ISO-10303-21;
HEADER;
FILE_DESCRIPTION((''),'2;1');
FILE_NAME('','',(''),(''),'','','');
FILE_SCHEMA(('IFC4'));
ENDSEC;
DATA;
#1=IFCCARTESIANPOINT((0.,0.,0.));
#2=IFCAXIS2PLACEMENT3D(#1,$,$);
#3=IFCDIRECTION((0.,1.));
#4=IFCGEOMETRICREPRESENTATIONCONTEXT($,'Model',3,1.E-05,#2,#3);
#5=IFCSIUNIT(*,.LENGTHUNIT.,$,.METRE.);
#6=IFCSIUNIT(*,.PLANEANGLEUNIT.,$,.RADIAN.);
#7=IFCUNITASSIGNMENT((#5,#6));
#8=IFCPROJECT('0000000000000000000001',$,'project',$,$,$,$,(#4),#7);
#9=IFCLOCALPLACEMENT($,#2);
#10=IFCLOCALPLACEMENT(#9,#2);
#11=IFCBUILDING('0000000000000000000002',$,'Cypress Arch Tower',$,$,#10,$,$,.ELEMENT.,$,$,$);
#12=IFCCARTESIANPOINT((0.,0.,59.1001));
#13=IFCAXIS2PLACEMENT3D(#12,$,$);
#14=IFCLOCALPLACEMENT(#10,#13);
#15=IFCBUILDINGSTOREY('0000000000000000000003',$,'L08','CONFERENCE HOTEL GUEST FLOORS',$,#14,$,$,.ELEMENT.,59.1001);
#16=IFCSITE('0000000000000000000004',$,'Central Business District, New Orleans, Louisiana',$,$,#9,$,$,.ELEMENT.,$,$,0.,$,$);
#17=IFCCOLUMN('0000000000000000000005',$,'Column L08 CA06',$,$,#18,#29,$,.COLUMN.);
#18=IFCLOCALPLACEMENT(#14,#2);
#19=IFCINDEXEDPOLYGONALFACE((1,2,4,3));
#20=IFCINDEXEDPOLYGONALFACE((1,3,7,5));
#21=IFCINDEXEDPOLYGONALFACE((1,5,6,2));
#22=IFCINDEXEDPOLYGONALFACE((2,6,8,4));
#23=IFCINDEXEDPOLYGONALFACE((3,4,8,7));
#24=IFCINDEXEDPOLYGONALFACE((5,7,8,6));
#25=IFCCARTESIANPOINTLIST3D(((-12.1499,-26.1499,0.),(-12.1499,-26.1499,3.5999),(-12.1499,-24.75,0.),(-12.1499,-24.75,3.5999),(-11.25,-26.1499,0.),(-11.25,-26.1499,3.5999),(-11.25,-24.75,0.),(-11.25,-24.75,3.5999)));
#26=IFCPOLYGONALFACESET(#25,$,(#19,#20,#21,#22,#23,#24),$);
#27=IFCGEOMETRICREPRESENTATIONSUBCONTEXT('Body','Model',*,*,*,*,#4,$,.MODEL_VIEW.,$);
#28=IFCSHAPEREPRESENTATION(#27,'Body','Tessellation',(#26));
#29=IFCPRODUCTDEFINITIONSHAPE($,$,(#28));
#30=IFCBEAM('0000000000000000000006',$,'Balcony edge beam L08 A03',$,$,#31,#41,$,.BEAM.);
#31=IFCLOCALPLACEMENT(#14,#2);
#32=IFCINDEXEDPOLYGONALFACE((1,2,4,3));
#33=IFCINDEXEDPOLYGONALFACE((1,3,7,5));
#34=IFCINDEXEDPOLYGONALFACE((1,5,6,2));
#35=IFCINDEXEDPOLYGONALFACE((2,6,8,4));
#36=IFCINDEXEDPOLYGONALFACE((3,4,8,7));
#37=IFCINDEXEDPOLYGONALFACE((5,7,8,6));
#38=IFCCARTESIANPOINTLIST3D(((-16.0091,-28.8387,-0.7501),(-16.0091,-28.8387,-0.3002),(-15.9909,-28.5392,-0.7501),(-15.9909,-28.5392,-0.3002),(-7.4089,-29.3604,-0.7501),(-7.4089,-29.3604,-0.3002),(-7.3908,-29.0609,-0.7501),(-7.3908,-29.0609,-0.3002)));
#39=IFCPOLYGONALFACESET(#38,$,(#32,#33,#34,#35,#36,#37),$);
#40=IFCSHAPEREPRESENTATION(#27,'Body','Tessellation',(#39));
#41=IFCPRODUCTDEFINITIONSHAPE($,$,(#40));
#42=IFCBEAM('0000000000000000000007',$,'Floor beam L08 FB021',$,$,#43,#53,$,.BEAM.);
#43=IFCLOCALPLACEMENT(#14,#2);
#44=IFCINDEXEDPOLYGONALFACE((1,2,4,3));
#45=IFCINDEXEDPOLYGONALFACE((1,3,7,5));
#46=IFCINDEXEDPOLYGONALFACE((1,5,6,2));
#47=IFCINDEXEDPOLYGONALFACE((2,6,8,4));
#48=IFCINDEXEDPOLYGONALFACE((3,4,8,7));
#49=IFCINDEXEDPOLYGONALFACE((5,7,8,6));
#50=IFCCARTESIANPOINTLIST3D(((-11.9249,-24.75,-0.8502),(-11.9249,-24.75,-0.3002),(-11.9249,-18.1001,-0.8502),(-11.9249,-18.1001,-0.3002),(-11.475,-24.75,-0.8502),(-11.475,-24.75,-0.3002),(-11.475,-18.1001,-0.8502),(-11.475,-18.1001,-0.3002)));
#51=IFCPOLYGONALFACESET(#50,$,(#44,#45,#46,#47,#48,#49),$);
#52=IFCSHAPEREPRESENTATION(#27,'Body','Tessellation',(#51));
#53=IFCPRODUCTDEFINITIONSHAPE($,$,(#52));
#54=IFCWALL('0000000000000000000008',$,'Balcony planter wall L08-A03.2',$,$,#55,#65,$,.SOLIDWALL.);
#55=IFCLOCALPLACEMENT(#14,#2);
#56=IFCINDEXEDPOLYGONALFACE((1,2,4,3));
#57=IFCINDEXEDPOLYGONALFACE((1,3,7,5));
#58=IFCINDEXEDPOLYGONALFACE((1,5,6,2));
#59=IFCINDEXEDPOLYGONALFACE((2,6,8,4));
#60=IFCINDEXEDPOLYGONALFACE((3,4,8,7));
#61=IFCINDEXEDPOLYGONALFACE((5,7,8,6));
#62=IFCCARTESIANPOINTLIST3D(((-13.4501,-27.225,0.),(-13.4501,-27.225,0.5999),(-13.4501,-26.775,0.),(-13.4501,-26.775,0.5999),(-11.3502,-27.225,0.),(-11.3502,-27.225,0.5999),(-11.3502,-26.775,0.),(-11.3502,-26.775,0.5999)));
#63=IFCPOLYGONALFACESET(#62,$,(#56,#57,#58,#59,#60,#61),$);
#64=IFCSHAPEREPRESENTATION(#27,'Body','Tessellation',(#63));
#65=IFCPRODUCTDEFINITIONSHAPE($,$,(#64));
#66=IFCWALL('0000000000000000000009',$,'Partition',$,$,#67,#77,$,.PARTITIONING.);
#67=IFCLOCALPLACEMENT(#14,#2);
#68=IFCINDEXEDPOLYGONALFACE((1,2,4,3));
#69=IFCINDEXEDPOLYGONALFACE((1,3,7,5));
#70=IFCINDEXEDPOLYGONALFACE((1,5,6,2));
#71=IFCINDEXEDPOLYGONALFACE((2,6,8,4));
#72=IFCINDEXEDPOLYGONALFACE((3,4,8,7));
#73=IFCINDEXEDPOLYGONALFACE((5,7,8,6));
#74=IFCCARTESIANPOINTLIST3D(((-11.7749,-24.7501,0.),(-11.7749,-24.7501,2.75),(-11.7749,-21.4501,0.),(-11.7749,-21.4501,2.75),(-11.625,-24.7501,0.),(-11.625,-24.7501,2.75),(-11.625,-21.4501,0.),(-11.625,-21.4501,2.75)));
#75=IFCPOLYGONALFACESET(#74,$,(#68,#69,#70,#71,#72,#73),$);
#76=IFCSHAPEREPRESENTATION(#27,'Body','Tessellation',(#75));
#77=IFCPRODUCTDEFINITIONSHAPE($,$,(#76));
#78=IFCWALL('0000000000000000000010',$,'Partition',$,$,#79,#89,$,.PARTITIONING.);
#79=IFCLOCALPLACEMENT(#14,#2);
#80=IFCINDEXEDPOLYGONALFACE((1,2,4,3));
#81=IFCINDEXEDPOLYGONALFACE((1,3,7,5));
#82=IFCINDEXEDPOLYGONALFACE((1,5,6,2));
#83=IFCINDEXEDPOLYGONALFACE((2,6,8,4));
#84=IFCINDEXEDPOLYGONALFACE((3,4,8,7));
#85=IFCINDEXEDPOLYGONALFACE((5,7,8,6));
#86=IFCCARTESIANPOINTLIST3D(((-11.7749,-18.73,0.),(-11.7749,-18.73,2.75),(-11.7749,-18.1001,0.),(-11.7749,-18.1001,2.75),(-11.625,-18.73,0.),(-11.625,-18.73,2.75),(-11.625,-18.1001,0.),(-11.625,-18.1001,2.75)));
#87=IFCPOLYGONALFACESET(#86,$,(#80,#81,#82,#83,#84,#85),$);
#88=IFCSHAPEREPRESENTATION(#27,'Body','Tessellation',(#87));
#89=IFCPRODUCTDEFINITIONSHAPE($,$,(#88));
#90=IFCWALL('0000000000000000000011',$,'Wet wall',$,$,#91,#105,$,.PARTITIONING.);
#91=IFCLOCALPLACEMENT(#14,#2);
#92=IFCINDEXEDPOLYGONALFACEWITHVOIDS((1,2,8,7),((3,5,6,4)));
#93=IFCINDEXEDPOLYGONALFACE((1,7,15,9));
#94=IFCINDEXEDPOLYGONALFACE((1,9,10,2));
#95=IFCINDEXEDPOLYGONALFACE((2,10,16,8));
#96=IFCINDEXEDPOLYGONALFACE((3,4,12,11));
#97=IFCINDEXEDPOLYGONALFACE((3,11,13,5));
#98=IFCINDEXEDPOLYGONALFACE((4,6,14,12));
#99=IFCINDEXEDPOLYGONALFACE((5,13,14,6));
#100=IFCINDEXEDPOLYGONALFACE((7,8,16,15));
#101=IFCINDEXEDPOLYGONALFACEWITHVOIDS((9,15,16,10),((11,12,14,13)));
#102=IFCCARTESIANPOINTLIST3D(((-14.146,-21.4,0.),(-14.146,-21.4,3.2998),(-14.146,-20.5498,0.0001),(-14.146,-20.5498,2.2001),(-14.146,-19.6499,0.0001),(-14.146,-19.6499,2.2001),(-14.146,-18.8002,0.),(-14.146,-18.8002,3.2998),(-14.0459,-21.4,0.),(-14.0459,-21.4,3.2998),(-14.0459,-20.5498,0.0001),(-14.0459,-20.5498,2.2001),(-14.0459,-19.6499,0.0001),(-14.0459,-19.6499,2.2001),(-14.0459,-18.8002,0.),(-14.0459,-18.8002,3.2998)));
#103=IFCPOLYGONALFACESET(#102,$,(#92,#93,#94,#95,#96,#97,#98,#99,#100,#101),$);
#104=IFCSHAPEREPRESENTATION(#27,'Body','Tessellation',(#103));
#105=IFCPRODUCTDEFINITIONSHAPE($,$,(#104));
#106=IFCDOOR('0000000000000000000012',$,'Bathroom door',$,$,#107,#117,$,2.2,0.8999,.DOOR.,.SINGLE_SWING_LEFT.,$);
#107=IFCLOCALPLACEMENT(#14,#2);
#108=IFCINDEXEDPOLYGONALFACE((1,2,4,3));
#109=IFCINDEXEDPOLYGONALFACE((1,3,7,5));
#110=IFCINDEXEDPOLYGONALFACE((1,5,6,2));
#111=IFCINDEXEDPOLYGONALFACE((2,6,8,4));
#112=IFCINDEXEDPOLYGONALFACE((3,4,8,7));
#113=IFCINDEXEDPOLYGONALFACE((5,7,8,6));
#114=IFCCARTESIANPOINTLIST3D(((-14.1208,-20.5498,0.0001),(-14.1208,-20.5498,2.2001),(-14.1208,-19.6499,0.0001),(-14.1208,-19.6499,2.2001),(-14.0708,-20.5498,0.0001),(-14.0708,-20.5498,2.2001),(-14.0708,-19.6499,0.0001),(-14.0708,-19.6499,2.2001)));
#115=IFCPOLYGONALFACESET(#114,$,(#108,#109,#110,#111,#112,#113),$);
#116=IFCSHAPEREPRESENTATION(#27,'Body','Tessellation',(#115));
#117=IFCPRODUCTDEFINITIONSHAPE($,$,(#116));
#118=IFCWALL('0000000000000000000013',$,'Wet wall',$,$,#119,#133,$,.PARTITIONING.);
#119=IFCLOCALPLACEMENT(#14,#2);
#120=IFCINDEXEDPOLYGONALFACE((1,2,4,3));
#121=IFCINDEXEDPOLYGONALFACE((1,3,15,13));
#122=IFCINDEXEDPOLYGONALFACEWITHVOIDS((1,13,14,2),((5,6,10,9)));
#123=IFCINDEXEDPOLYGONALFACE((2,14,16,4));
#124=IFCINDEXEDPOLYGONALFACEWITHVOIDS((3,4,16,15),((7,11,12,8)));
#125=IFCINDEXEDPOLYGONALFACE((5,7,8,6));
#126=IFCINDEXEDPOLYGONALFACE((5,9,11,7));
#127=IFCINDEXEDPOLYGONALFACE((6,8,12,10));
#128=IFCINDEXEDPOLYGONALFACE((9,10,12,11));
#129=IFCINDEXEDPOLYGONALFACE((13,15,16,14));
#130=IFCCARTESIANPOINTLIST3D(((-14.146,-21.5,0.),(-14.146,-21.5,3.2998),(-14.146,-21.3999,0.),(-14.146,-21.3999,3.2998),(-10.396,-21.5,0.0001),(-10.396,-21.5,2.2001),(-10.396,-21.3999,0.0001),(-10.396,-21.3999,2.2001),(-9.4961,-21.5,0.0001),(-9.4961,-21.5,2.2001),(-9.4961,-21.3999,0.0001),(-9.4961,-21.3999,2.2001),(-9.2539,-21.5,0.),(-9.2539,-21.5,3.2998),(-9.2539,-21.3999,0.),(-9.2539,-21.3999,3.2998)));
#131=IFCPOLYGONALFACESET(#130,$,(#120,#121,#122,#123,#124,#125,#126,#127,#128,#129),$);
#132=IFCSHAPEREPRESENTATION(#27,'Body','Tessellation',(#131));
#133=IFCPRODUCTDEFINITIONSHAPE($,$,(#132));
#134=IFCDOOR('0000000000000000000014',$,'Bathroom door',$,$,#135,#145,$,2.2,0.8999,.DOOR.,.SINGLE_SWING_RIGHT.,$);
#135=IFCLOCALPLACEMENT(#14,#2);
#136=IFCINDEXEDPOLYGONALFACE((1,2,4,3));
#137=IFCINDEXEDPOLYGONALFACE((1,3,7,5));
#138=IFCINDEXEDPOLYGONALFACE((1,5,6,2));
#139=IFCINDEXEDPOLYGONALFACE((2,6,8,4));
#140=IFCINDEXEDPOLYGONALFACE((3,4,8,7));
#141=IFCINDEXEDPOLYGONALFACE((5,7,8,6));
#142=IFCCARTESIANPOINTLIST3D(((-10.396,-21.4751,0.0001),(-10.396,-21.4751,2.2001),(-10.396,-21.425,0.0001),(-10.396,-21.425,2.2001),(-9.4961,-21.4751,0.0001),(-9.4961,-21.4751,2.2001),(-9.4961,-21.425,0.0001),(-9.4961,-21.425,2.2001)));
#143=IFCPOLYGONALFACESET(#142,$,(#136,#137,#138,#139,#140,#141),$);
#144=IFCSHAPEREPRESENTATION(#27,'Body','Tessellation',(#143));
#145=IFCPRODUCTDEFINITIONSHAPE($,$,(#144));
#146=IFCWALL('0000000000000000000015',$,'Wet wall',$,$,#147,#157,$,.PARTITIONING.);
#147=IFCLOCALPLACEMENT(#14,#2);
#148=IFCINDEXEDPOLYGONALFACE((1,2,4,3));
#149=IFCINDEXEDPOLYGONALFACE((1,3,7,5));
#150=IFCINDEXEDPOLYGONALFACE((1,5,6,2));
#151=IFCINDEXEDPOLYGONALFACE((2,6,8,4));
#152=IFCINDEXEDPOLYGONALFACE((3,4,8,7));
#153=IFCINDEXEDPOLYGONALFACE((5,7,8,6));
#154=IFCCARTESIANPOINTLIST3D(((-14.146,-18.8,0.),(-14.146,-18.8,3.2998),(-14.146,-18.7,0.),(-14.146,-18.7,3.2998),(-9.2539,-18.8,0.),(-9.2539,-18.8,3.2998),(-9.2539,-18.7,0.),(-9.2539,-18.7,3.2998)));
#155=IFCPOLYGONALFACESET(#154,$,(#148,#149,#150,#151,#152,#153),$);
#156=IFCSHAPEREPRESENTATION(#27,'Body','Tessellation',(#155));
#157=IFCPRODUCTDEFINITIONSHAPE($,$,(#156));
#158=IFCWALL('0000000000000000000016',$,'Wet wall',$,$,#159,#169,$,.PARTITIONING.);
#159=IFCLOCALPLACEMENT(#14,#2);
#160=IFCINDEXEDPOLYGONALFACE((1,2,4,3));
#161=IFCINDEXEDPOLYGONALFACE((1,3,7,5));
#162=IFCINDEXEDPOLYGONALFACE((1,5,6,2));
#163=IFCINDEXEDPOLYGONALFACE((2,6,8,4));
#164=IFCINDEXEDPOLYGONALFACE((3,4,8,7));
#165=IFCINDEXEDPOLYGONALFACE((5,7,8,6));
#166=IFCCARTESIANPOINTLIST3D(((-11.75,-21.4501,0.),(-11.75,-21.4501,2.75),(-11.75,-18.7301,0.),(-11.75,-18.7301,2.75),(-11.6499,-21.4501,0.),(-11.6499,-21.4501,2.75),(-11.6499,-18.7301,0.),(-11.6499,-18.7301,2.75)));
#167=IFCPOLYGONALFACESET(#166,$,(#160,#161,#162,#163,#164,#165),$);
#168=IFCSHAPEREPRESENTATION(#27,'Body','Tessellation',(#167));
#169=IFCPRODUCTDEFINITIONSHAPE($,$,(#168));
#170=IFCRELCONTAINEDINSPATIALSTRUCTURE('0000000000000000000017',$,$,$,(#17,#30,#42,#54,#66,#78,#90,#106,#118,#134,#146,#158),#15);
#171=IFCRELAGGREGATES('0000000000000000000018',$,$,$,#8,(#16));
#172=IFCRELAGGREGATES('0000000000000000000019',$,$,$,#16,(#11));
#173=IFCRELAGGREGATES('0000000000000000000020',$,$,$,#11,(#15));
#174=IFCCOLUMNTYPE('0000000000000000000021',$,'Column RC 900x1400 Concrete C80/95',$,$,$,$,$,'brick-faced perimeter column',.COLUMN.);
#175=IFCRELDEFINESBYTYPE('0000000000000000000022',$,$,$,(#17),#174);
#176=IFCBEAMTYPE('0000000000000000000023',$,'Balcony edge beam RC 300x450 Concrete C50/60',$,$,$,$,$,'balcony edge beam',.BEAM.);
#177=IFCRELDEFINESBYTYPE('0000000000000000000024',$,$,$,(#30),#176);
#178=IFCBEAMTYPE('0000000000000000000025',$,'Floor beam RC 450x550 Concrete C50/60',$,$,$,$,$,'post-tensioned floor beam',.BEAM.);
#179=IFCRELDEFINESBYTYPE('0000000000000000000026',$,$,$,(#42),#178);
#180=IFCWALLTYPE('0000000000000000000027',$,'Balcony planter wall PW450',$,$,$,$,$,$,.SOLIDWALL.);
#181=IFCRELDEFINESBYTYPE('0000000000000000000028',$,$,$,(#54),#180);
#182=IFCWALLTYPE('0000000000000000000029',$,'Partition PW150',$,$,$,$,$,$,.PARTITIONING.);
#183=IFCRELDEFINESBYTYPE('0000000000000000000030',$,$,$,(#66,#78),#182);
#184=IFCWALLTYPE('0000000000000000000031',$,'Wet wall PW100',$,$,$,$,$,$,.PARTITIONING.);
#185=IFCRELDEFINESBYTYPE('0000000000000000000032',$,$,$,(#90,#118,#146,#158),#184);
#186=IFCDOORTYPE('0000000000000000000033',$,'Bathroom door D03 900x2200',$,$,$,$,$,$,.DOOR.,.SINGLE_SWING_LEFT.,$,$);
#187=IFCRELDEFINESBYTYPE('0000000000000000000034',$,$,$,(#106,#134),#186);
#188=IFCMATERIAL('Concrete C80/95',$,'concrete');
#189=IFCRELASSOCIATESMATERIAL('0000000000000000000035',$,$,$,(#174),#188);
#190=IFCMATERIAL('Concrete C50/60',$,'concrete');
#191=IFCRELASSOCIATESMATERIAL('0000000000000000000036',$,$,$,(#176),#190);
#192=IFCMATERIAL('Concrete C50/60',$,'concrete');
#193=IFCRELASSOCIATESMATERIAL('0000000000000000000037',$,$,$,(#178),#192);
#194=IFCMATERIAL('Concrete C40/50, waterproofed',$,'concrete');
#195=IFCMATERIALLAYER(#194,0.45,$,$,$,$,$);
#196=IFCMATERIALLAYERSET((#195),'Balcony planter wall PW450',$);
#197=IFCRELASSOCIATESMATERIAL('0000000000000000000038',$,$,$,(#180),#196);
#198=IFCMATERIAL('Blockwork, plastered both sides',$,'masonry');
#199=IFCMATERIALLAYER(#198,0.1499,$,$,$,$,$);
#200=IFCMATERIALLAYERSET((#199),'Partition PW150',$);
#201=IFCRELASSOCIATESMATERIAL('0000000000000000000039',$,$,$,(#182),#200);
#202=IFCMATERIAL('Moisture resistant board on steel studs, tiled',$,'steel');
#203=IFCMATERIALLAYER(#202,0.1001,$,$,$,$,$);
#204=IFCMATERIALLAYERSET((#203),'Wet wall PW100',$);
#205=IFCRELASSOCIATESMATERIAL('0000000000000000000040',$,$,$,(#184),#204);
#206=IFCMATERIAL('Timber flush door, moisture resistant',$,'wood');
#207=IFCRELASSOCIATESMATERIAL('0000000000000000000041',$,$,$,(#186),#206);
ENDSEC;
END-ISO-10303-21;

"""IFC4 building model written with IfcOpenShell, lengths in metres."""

from ifc_helpers import new_model, si_unit, direction, frame, frame_2d, origin, origin_2d, place, context, subcontext, project, spatial, rectangle, extrude, material, layer, layer_set, material_profile, profile_set, type_object, element, fill, save


model = new_model("IFC4")

# Units and contexts
model_context = context("Model", 3, precision=1e-05, world=origin(), true_north=direction((0.0, 1.0)))
body_context = subcontext(model_context, "Body", "Model", "MODEL_VIEW")
ifc_project = project(units=[si_unit("LENGTHUNIT", "METRE"), si_unit("PLANEANGLEUNIT", "RADIAN")], contexts=[model_context])

# Site, building, storey
site_placement = place(None, origin())
site = spatial("IfcSite", under=ifc_project, at=site_placement, Name="Central Business District, New Orleans, Louisiana", CompositionType="ELEMENT", RefElevation=0.0)
building_placement = place(site_placement, origin())
building = spatial("IfcBuilding", under=site, at=building_placement, Name="Cypress Arch Tower", CompositionType="ELEMENT")
storey_placement = place(building_placement, frame((0.0, 0.0, 59.1001)))
storey = spatial("IfcBuildingStorey", under=building, at=storey_placement, Name="L08", Description="CONFERENCE HOTEL GUEST FLOORS", CompositionType="ELEMENT", Elevation=59.1001)

# Column
ifc_material_1 = material(Name="Concrete C80/95", Category="concrete")
ifc_material_profile_1 = material_profile(ifc_material_1, rectangle(XDim=0.8999, YDim=1.3999, at=origin_2d()), Name="RC 900x1400")
ifc_profile_set_1 = profile_set([ifc_material_profile_1], Name="Concrete C80/95")
column_type = type_object("IfcColumnType", Name="Column RC 900x1400 Concrete C80/95", ElementType="brick-faced perimeter column", PredefinedType="COLUMN", material=ifc_profile_set_1)
column_placement = place(storey_placement, frame((-11.7, -25.45, 0.0), z_axis=(0.0, 0.0, 1.0), x_axis=(1.0, 0.0, 0.0)))
element("IfcColumn", 1, at=column_placement, inside=storey, type_object=column_type, Name="Column L08 CA06", PredefinedType="COLUMN", context=body_context, shape_type="SweptSolid", body=[
    extrude(rectangle(XDim=0.8999, YDim=1.3999, at=origin_2d()), origin(), (0.0, 0.0, 1.0), 3.5999),
])

# Beams
ifc_material_2 = material(Name="Concrete C50/60", Category="concrete")
ifc_material_profile_2 = material_profile(ifc_material_2, rectangle(XDim=0.3, YDim=0.45, at=origin_2d()), Name="RC 300x450")
ifc_profile_set_2 = profile_set([ifc_material_profile_2], Name="Concrete C50/60")
beam_type_1 = type_object("IfcBeamType", Name="Balcony edge beam RC 300x450 Concrete C50/60", ElementType="balcony edge beam", PredefinedType="BEAM", material=ifc_profile_set_2)
beam_1_placement = place(storey_placement, frame((-16.0, -28.689, -0.5251), z_axis=(0.998165, -0.060554, 0.0), x_axis=(0.060554, 0.998165, 0.0)))
element("IfcBeam", 2, at=beam_1_placement, inside=storey, type_object=beam_type_1, Name="Balcony edge beam L08 A03", PredefinedType="BEAM", context=body_context, shape_type="SweptSolid", body=[
    extrude(rectangle(XDim=0.3, YDim=0.45, at=origin_2d()), origin(), (0.0, 0.0, 1.0), 8.616),
])
ifc_material_3 = material(Name="Concrete C50/60", Category="concrete")
ifc_material_profile_3 = material_profile(ifc_material_3, rectangle(XDim=0.45, YDim=0.55, at=origin_2d()), Name="RC 450x550")
ifc_profile_set_3 = profile_set([ifc_material_profile_3], Name="Concrete C50/60")
beam_type_2 = type_object("IfcBeamType", Name="Floor beam RC 450x550 Concrete C50/60", ElementType="post-tensioned floor beam", PredefinedType="BEAM", material=ifc_profile_set_3)
beam_2_placement = place(storey_placement, frame((-11.7, -24.75, -0.5752), z_axis=(0.0, 1.0, 0.0), x_axis=(-1.0, 0.0, 0.0)))
element("IfcBeam", 3, at=beam_2_placement, inside=storey, type_object=beam_type_2, Name="Floor beam L08 FB021", PredefinedType="BEAM", context=body_context, shape_type="SweptSolid", body=[
    extrude(rectangle(XDim=0.45, YDim=0.55, at=origin_2d()), origin(), (0.0, 0.0, 1.0), 6.6499),
])

# Wall
ifc_material_4 = material(Name="Concrete C40/50, waterproofed", Category="concrete")
ifc_layer_1 = layer(ifc_material_4, 0.45)
ifc_layer_set_1 = layer_set([ifc_layer_1], Name="Balcony planter wall PW450")
wall_type_1 = type_object("IfcWallType", Name="Balcony planter wall PW450", PredefinedType="SOLIDWALL", material=ifc_layer_set_1)
wall_1_placement = place(storey_placement, frame((-13.45, -27.0, 0.0), z_axis=(0.0, 0.0, 1.0), x_axis=(1.0, 0.0, 0.0)))
element("IfcWall", 4, at=wall_1_placement, inside=storey, type_object=wall_type_1, Name="Balcony planter wall L08-A03.2", PredefinedType="SOLIDWALL", context=body_context, shape_type="SweptSolid", body=[
    extrude(rectangle(XDim=2.0999, YDim=0.45, at=frame_2d((1.0498, 0.0))), origin(), (0.0, 0.0, 1.0), 0.5999),
])

# Walls
ifc_material_5 = material(Name="Blockwork, plastered both sides", Category="masonry")
ifc_layer_2 = layer(ifc_material_5, 0.1499)
ifc_layer_set_2 = layer_set([ifc_layer_2], Name="Partition PW150")
wall_type_2 = type_object("IfcWallType", Name="Partition PW150", PredefinedType="PARTITIONING", material=ifc_layer_set_2)
wall_2_placement = place(storey_placement, frame((-11.7, -24.75, 0.0), z_axis=(0.0, 0.0, 1.0), x_axis=(0.0, 1.0, 0.0)))
element("IfcWall", 5, at=wall_2_placement, inside=storey, type_object=wall_type_2, Name="Partition", PredefinedType="PARTITIONING", context=body_context, shape_type="SweptSolid", body=[
    extrude(rectangle(XDim=3.3, YDim=0.1499, at=frame_2d((1.6499, 0.0))), origin(), (0.0, 0.0, 1.0), 2.75),
])
wall_3_placement = place(storey_placement, frame((-11.7, -18.73, 0.0), z_axis=(0.0, 0.0, 1.0), x_axis=(0.0, 1.0, 0.0)))
element("IfcWall", 6, at=wall_3_placement, inside=storey, type_object=wall_type_2, Name="Partition", PredefinedType="PARTITIONING", context=body_context, shape_type="SweptSolid", body=[
    extrude(rectangle(XDim=0.6299, YDim=0.1499, at=frame_2d((0.3149, 0.0))), origin(), (0.0, 0.0, 1.0), 2.75),
])

# Walls, openings, doors
ifc_material_6 = material(Name="Moisture resistant board on steel studs, tiled", Category="steel")
ifc_layer_3 = layer(ifc_material_6, 0.1001)
ifc_layer_set_3 = layer_set([ifc_layer_3], Name="Wet wall PW100")
wall_type_3 = type_object("IfcWallType", Name="Wet wall PW100", PredefinedType="PARTITIONING", material=ifc_layer_set_3)
wall_4_placement = place(storey_placement, frame((-14.0959, -21.3999, 0.0), z_axis=(0.0, 0.0, 1.0), x_axis=(0.0, 1.0, 0.0)))
wall_4 = element("IfcWall", 7, at=wall_4_placement, inside=storey, type_object=wall_type_3, Name="Wet wall", PredefinedType="PARTITIONING", context=body_context, shape_type="SweptSolid", body=[
    extrude(rectangle(XDim=2.5999, YDim=0.1001, at=frame_2d((1.2998, 0.0))), origin(), (0.0, 0.0, 1.0), 3.2998),
])
opening_1_placement = place(wall_4_placement, frame((0.8501, 0.0, 0.0)))
opening_1 = element("IfcOpeningElement", 8, at=opening_1_placement, cuts=wall_4, PredefinedType="OPENING", context=body_context, shape_type="SweptSolid", body=[
    extrude(rectangle(XDim=0.8999, YDim=2.2, at=frame_2d((0.45, 1.1001))), frame((0.0, 0.0601, 0.0), z_axis=(0.0, -1.0, 0.0), x_axis=(1.0, 0.0, 0.0)), (0.0, 0.0, 1.0), 0.1201),
])
ifc_material_7 = material(Name="Timber flush door, moisture resistant", Category="wood")
door_type_1 = type_object("IfcDoorType", Name="Bathroom door D03 900x2200", OperationType="SINGLE_SWING_LEFT", PredefinedType="DOOR", material=ifc_material_7)
door_1_placement = place(opening_1_placement, origin())
door_1 = element("IfcDoor", 9, at=door_1_placement, inside=storey, type_object=door_type_1, Name="Bathroom door", OperationType="SINGLE_SWING_LEFT", OverallHeight=2.2, OverallWidth=0.8999, PredefinedType="DOOR", context=body_context, shape_type="SweptSolid", body=[
    extrude(rectangle(XDim=0.8999, YDim=2.2, at=frame_2d((0.45, 1.1001))), frame((0.0, 0.0249, 0.0), z_axis=(0.0, -1.0, 0.0), x_axis=(1.0, 0.0, 0.0)), (0.0, 0.0, 1.0), 0.05),
])
fill(opening_1, door_1)
wall_5_placement = place(storey_placement, frame((-14.146, -21.45, 0.0), z_axis=(0.0, 0.0, 1.0), x_axis=(1.0, 0.0, 0.0)))
wall_5 = element("IfcWall", 10, at=wall_5_placement, inside=storey, type_object=wall_type_3, Name="Wet wall", PredefinedType="PARTITIONING", context=body_context, shape_type="SweptSolid", body=[
    extrude(rectangle(XDim=4.8921, YDim=0.1001, at=frame_2d((2.446, 0.0))), origin(), (0.0, 0.0, 1.0), 3.2998),
])
opening_2_placement = place(wall_5_placement, frame((3.75, 0.0, 0.0)))
opening_2 = element("IfcOpeningElement", 11, at=opening_2_placement, cuts=wall_5, PredefinedType="OPENING", context=body_context, shape_type="SweptSolid", body=[
    extrude(rectangle(XDim=0.8999, YDim=2.2, at=frame_2d((0.45, 1.1001))), frame((0.0, 0.0601, 0.0), z_axis=(0.0, -1.0, 0.0), x_axis=(1.0, 0.0, 0.0)), (0.0, 0.0, 1.0), 0.1201),
])
door_2_placement = place(opening_2_placement, origin())
door_2 = element("IfcDoor", 12, at=door_2_placement, inside=storey, type_object=door_type_1, Name="Bathroom door", OperationType="SINGLE_SWING_RIGHT", OverallHeight=2.2, OverallWidth=0.8999, PredefinedType="DOOR", context=body_context, shape_type="SweptSolid", body=[
    extrude(rectangle(XDim=0.8999, YDim=2.2, at=frame_2d((0.45, 1.1001))), frame((0.0, 0.0249, 0.0), z_axis=(0.0, -1.0, 0.0), x_axis=(1.0, 0.0, 0.0)), (0.0, 0.0, 1.0), 0.05),
])
fill(opening_2, door_2)

# Walls
wall_6_placement = place(storey_placement, frame((-14.146, -18.75, 0.0), z_axis=(0.0, 0.0, 1.0), x_axis=(1.0, 0.0, 0.0)))
element("IfcWall", 13, at=wall_6_placement, inside=storey, type_object=wall_type_3, Name="Wet wall", PredefinedType="PARTITIONING", context=body_context, shape_type="SweptSolid", body=[
    extrude(rectangle(XDim=4.8921, YDim=0.1001, at=frame_2d((2.446, 0.0))), origin(), (0.0, 0.0, 1.0), 3.2998),
])
wall_7_placement = place(storey_placement, frame((-11.7, -21.45, 0.0), z_axis=(0.0, 0.0, 1.0), x_axis=(0.0, 1.0, 0.0)))
element("IfcWall", 14, at=wall_7_placement, inside=storey, type_object=wall_type_3, Name="Wet wall", PredefinedType="PARTITIONING", context=body_context, shape_type="SweptSolid", body=[
    extrude(rectangle(XDim=2.72, YDim=0.1001, at=frame_2d((1.3599, 0.0))), origin(), (0.0, 0.0, 1.0), 2.75),
])

save(model, "model.ifc")
